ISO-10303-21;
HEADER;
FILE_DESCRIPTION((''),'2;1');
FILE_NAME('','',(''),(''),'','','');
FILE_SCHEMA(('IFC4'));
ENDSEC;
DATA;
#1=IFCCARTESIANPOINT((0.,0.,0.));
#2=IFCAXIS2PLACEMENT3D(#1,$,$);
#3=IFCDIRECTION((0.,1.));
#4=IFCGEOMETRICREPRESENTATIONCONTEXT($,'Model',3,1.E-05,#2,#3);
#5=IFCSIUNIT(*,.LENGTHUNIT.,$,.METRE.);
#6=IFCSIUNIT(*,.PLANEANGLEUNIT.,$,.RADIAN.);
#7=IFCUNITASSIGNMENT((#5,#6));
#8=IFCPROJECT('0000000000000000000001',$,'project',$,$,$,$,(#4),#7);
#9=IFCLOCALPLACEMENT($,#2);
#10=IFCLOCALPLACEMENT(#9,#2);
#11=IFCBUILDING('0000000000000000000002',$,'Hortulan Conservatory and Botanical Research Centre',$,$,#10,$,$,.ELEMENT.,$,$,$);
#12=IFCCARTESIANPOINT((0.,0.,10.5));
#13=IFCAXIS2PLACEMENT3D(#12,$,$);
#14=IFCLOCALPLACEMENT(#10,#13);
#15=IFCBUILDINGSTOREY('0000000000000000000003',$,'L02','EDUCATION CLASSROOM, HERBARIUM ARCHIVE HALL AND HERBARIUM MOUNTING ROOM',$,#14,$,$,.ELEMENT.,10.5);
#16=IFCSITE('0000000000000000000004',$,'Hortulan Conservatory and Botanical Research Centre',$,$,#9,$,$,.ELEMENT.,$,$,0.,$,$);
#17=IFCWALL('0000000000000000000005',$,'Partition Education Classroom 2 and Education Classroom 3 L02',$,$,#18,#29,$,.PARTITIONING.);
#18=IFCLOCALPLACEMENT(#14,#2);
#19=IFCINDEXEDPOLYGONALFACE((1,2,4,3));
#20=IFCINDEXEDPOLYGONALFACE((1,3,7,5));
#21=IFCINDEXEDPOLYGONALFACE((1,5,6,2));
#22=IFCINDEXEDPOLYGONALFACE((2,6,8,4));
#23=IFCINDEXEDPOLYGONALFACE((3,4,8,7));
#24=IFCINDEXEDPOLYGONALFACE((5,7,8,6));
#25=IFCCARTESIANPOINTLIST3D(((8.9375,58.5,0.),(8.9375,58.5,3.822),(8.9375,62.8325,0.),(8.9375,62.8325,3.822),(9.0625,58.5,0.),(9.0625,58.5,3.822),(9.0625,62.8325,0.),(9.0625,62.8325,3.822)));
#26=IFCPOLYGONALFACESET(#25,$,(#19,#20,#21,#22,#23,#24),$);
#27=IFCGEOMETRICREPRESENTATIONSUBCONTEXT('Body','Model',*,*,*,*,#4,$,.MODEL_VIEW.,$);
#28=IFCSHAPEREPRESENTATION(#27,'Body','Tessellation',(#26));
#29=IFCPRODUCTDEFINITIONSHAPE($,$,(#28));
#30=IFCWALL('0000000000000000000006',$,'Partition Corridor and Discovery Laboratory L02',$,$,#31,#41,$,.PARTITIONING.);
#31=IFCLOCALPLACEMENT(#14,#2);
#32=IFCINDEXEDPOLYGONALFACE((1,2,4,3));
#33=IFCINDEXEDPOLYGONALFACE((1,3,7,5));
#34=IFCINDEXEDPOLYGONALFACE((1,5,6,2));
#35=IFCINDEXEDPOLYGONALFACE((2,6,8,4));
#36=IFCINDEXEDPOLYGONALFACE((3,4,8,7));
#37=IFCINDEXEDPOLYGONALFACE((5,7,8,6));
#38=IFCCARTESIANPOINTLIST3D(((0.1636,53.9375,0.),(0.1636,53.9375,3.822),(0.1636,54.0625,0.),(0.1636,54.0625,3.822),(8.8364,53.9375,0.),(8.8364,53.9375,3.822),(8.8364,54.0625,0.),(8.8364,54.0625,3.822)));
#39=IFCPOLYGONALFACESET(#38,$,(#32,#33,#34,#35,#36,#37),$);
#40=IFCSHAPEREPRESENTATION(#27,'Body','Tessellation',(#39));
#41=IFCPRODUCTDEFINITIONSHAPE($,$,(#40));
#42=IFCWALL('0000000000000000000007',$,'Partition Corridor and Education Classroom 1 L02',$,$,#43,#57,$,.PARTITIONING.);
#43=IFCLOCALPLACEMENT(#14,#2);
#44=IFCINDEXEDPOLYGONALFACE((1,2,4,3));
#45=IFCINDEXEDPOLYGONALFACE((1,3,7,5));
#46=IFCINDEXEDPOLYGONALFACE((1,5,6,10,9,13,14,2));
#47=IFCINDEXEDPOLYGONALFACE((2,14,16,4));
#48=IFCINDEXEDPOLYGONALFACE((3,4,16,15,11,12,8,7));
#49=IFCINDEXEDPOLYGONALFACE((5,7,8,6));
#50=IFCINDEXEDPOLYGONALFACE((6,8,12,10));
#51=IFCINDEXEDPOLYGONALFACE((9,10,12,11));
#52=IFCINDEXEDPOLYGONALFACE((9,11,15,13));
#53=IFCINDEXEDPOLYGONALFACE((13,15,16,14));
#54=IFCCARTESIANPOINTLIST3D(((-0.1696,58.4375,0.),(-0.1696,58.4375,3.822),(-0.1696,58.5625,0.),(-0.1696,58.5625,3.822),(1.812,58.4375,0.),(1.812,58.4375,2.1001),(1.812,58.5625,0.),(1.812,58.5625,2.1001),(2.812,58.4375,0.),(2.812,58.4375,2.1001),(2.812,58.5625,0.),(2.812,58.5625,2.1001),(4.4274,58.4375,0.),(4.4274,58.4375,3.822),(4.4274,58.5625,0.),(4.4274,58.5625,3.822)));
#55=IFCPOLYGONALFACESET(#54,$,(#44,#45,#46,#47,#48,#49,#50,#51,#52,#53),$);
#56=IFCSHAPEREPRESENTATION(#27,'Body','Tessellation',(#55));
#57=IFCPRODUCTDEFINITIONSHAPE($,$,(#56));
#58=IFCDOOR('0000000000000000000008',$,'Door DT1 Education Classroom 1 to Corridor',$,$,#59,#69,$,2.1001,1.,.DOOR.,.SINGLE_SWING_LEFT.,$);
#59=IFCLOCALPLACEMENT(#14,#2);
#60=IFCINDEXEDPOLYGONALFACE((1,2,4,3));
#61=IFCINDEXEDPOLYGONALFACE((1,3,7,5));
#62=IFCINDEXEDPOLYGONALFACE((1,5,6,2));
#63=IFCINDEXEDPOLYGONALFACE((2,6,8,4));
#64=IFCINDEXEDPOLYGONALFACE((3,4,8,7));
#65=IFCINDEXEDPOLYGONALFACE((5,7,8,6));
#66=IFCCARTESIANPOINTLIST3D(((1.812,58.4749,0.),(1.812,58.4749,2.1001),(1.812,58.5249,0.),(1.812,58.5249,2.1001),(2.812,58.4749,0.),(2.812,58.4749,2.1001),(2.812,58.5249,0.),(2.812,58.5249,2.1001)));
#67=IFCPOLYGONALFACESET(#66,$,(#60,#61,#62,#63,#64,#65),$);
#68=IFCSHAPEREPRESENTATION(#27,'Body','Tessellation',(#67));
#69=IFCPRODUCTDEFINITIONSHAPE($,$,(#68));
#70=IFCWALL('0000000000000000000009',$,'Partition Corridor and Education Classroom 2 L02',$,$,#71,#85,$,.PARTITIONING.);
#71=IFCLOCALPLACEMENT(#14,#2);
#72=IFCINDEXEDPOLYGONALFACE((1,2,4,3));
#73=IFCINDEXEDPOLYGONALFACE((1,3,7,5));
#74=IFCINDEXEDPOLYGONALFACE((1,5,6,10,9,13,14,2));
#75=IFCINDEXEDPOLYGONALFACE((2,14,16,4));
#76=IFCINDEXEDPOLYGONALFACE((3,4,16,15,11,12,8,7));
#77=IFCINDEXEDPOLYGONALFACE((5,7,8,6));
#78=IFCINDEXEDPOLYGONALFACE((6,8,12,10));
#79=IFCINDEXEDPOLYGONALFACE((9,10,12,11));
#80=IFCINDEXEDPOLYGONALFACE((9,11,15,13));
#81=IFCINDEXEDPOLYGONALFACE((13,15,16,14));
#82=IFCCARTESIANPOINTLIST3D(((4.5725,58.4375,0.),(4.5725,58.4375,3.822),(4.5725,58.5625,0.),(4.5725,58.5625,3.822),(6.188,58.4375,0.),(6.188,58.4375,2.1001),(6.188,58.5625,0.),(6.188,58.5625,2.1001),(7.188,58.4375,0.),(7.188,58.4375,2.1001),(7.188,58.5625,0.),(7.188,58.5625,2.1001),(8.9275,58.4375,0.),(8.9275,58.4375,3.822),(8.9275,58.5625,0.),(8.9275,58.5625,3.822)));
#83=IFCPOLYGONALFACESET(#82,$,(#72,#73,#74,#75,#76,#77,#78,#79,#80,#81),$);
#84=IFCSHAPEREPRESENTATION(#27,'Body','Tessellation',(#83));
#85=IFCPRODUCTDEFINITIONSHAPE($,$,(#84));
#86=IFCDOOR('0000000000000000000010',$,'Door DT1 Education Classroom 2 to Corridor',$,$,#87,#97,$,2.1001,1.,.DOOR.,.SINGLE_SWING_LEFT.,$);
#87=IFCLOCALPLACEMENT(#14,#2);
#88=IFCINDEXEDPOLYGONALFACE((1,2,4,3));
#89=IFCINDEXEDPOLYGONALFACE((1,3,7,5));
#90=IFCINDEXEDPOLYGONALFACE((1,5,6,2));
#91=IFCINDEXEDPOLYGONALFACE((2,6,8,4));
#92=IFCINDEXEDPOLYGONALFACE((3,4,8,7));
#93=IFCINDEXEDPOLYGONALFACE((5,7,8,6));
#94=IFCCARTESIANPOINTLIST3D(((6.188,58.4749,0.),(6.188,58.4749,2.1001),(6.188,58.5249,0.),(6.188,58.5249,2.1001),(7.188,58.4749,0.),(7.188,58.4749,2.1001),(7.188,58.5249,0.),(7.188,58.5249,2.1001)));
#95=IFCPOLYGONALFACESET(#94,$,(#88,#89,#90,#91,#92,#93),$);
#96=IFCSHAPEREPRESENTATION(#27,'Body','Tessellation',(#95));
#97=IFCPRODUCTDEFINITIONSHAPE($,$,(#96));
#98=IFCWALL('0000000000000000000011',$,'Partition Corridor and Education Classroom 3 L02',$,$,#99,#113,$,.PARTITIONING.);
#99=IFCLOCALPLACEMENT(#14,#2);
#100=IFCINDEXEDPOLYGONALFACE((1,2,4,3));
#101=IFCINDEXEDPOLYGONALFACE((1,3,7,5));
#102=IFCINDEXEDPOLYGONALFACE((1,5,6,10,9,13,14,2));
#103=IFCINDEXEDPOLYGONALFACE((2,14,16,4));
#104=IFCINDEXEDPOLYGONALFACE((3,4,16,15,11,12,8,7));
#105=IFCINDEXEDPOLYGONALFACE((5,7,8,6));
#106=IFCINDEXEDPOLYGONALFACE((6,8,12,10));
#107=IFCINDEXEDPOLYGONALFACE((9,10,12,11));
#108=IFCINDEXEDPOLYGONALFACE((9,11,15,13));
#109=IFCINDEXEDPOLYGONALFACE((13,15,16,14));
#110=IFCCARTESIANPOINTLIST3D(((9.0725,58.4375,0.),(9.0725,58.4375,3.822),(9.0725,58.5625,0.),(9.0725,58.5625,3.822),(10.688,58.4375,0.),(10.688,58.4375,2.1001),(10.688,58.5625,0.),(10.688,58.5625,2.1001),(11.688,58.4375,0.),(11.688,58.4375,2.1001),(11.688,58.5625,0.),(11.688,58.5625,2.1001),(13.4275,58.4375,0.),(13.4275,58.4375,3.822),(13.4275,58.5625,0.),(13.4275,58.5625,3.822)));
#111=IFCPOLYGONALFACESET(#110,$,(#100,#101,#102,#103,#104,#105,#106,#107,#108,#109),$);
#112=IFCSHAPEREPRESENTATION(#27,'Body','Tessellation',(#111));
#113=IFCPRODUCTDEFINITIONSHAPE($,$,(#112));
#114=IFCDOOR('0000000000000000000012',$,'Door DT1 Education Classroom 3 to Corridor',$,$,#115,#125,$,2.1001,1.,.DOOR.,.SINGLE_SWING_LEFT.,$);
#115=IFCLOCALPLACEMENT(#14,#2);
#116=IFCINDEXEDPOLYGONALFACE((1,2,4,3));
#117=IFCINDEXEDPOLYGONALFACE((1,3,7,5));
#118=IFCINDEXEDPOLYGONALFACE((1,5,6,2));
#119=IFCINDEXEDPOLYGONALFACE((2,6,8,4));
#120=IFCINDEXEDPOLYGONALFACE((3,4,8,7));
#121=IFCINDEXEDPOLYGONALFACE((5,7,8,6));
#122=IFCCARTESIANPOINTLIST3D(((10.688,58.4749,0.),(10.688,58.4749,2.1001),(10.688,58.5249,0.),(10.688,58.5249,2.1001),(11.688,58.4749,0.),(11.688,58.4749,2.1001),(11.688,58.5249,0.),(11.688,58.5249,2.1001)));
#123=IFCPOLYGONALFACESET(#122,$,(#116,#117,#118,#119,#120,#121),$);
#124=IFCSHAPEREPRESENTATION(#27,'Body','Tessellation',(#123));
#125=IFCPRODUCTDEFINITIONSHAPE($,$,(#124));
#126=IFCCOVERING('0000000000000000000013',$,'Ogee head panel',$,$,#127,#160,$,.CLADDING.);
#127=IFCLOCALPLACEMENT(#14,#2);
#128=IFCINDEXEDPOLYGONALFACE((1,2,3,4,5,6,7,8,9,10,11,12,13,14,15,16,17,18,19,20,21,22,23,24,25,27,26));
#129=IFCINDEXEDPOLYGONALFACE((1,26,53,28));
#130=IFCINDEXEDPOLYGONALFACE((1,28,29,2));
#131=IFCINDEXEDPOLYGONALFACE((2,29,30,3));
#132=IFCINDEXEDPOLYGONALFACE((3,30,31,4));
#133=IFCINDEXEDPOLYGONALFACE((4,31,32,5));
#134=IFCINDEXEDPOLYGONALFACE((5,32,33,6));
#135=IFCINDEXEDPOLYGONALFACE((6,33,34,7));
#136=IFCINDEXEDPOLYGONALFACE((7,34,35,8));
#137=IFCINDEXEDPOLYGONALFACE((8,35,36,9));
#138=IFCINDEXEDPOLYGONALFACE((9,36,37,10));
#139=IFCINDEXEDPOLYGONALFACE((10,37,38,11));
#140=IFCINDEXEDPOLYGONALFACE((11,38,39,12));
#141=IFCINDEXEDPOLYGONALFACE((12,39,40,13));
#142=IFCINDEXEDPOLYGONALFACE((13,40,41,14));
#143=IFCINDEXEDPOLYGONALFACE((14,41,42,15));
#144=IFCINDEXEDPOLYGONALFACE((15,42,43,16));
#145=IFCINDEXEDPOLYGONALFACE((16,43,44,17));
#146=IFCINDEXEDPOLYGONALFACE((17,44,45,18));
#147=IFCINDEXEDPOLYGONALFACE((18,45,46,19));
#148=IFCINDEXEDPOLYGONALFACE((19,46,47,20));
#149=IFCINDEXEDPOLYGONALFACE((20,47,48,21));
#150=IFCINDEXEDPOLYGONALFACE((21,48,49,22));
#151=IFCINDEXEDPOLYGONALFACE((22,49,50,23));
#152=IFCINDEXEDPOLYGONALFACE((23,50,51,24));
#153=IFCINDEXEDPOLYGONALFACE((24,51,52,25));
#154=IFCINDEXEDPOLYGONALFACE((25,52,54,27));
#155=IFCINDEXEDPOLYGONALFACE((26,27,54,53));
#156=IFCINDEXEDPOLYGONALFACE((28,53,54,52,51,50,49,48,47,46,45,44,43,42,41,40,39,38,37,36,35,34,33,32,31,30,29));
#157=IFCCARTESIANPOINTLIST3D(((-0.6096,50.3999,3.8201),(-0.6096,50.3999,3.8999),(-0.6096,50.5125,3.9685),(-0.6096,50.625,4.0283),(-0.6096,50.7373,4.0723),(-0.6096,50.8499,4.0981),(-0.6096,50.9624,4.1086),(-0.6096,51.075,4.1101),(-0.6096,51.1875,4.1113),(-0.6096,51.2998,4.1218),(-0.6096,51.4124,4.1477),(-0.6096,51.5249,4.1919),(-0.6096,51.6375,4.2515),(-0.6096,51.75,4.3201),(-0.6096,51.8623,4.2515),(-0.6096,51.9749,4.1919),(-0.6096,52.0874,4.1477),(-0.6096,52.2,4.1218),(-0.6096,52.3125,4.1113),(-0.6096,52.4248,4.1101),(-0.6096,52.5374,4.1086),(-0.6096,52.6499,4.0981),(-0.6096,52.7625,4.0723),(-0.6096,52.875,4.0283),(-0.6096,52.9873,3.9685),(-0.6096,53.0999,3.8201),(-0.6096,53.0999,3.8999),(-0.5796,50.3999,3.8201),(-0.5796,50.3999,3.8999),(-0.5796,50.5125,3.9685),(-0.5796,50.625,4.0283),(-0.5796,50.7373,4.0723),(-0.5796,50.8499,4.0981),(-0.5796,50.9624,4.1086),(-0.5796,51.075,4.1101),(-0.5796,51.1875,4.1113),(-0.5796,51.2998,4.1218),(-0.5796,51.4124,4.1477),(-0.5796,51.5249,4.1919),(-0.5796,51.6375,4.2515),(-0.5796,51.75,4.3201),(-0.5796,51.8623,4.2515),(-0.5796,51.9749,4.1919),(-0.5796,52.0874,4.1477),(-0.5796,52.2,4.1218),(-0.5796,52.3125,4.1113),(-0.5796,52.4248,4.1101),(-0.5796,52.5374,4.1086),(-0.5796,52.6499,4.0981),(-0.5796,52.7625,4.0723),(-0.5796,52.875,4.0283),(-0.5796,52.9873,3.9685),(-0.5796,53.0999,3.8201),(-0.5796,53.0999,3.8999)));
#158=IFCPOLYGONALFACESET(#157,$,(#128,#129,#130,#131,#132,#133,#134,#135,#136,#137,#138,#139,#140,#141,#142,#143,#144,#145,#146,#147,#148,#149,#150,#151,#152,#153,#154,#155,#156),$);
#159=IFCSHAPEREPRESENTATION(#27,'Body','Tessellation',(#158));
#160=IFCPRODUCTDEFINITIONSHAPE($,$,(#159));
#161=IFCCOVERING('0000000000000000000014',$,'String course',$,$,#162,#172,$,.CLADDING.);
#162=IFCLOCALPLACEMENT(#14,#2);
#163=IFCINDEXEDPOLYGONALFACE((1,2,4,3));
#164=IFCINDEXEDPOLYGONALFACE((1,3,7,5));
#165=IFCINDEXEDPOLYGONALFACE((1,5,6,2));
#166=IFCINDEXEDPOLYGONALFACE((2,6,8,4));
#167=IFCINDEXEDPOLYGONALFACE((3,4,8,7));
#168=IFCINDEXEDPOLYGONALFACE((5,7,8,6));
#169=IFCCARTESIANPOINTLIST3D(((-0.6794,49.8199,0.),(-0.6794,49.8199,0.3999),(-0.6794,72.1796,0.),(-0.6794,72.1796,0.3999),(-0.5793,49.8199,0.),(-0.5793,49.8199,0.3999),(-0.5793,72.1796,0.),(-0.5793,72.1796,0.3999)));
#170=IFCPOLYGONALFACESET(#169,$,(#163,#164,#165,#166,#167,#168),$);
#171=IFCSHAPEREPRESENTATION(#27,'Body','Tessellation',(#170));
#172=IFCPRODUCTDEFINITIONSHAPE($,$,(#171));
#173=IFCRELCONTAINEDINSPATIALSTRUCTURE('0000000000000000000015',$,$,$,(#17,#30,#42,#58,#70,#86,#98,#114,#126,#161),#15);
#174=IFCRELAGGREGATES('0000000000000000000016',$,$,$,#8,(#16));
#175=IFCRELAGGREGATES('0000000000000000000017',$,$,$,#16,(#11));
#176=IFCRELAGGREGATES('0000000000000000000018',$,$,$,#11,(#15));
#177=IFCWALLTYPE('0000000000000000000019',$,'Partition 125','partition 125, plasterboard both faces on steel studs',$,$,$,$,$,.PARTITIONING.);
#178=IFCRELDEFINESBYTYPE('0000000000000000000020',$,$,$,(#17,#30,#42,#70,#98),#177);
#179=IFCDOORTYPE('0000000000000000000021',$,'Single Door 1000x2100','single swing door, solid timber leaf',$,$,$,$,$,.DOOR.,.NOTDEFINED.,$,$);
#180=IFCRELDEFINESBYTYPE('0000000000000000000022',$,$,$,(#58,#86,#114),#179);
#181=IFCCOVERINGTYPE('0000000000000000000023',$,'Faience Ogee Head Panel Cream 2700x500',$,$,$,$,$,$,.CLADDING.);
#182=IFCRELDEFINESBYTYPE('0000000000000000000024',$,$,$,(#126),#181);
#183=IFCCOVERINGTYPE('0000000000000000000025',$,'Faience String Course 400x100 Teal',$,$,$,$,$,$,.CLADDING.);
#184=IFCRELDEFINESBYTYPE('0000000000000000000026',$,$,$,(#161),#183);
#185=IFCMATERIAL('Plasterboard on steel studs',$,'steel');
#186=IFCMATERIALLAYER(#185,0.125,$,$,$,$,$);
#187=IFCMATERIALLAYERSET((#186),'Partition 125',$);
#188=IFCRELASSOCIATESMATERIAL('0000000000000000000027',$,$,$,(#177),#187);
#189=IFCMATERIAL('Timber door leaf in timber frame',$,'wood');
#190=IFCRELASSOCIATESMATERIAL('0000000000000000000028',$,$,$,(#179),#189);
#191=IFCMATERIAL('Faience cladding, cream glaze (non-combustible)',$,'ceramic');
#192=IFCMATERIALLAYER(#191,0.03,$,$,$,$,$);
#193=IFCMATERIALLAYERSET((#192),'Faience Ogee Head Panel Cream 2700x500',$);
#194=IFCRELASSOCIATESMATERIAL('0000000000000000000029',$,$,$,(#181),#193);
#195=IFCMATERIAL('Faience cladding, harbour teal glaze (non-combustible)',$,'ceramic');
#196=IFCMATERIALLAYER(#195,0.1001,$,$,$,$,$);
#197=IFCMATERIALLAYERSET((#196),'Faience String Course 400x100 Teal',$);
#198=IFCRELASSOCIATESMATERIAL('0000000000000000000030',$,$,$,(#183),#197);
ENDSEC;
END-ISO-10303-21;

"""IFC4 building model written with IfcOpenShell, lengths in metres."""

from ifc_helpers import new_model, si_unit, direction, frame, frame_2d, origin, origin_2d, place, context, subcontext, project, spatial, polyline, rectangle, outline, extrude, material, layer, layer_set, type_object, element, fill, save


model = new_model("IFC4")

# Units and contexts
model_context = context("Model", 3, precision=1e-05, world=origin(), true_north=direction((0.0, 1.0)))
body_context = subcontext(model_context, "Body", "Model", "MODEL_VIEW")
ifc_project = project(units=[si_unit("LENGTHUNIT", "METRE"), si_unit("PLANEANGLEUNIT", "RADIAN")], contexts=[model_context])

# Site, building, storey
site_placement = place(None, origin())
site = spatial("IfcSite", under=ifc_project, at=site_placement, Name="Hortulan Conservatory and Botanical Research Centre", CompositionType="ELEMENT", RefElevation=0.0)
building_placement = place(site_placement, origin())
building = spatial("IfcBuilding", under=site, at=building_placement, Name="Hortulan Conservatory and Botanical Research Centre", CompositionType="ELEMENT")
storey_placement = place(building_placement, frame((0.0, 0.0, 10.5)))
storey = spatial("IfcBuildingStorey", under=building, at=storey_placement, Name="L02", Description="EDUCATION CLASSROOM, HERBARIUM ARCHIVE HALL AND HERBARIUM MOUNTING ROOM", CompositionType="ELEMENT", Elevation=10.5)

# Walls
ifc_material_1 = material(Name="Plasterboard on steel studs", Category="steel")
ifc_layer_1 = layer(ifc_material_1, 0.125)
ifc_layer_set_1 = layer_set([ifc_layer_1], Name="Partition 125")
wall_type = type_object("IfcWallType", Name="Partition 125", Description="partition 125, plasterboard both faces on steel studs", PredefinedType="PARTITIONING", material=ifc_layer_set_1)
wall_1_placement = place(storey_placement, frame((9.0, 58.5, 0.0), z_axis=(0.0, 0.0, 1.0), x_axis=(0.0, 1.0, 0.0)))
element("IfcWall", 1, at=wall_1_placement, inside=storey, type_object=wall_type, Name="Partition Education Classroom 2 and Education Classroom 3 L02", PredefinedType="PARTITIONING", context=body_context, shape_type="SweptSolid", body=[
    extrude(rectangle(XDim=4.3325, YDim=0.125, at=frame_2d((2.1663, 0.0))), origin(), (0.0, 0.0, 1.0), 3.822),
])
wall_2_placement = place(storey_placement, frame((0.1636, 54.0, 0.0), z_axis=(0.0, 0.0, 1.0), x_axis=(1.0, 0.0, 0.0)))
element("IfcWall", 2, at=wall_2_placement, inside=storey, type_object=wall_type, Name="Partition Corridor and Discovery Laboratory L02", PredefinedType="PARTITIONING", context=body_context, shape_type="SweptSolid", body=[
    extrude(rectangle(XDim=8.6729, YDim=0.125, at=frame_2d((4.3364, 0.0))), origin(), (0.0, 0.0, 1.0), 3.822),
])

# Walls, openings, doors
wall_3_placement = place(storey_placement, frame((-0.1694, 58.5, 0.0), z_axis=(0.0, 0.0, 1.0), x_axis=(1.0, 0.0, 0.0)))
wall_3 = element("IfcWall", 3, at=wall_3_placement, inside=storey, type_object=wall_type, Name="Partition Corridor and Education Classroom 1 L02", PredefinedType="PARTITIONING", context=body_context, shape_type="SweptSolid", body=[
    extrude(rectangle(XDim=4.5969, YDim=0.125, at=frame_2d((2.2983, 0.0))), origin(), (0.0, 0.0, 1.0), 3.822),
])
opening_1_placement = place(wall_3_placement, frame((1.9814, 0.0, 0.0)))
opening_1 = element("IfcOpeningElement", 4, at=opening_1_placement, cuts=wall_3, PredefinedType="OPENING", context=body_context, shape_type="SweptSolid", body=[
    extrude(rectangle(XDim=1.0, YDim=2.1001, at=frame_2d((0.5, 1.05))), frame((0.0, 0.0725, 0.0), z_axis=(0.0, -1.0, 0.0), x_axis=(1.0, 0.0, 0.0)), (0.0, 0.0, 1.0), 0.145),
])
ifc_material_2 = material(Name="Timber door leaf in timber frame", Category="wood")
door_type = type_object("IfcDoorType", Name="Single Door 1000x2100", Description="single swing door, solid timber leaf", OperationType="NOTDEFINED", PredefinedType="DOOR", material=ifc_material_2)
door_1_placement = place(opening_1_placement, origin())
door_1 = element("IfcDoor", 5, at=door_1_placement, inside=storey, type_object=door_type, Name="Door DT1 Education Classroom 1 to Corridor", OperationType="SINGLE_SWING_LEFT", OverallHeight=2.1001, OverallWidth=1.0, PredefinedType="DOOR", context=body_context, shape_type="SweptSolid", body=[
    extrude(rectangle(XDim=1.0, YDim=2.1001, at=frame_2d((0.5, 1.05))), frame((0.0, 0.0249, 0.0), z_axis=(0.0, -1.0, 0.0), x_axis=(1.0, 0.0, 0.0)), (0.0, 0.0, 1.0), 0.05),
])
fill(opening_1, door_1)
wall_4_placement = place(storey_placement, frame((4.5725, 58.5, 0.0), z_axis=(0.0, 0.0, 1.0), x_axis=(1.0, 0.0, 0.0)))
wall_4 = element("IfcWall", 6, at=wall_4_placement, inside=storey, type_object=wall_type, Name="Partition Corridor and Education Classroom 2 L02", PredefinedType="PARTITIONING", context=body_context, shape_type="SweptSolid", body=[
    extrude(rectangle(XDim=4.355, YDim=0.125, at=frame_2d((2.1775, 0.0))), origin(), (0.0, 0.0, 1.0), 3.822),
])
opening_2_placement = place(wall_4_placement, frame((1.6155, 0.0, 0.0)))
opening_2 = element("IfcOpeningElement", 7, at=opening_2_placement, cuts=wall_4, PredefinedType="OPENING", context=body_context, shape_type="SweptSolid", body=[
    extrude(rectangle(XDim=1.0, YDim=2.1001, at=frame_2d((0.5, 1.05))), frame((0.0, 0.0725, 0.0), z_axis=(0.0, -1.0, 0.0), x_axis=(1.0, 0.0, 0.0)), (0.0, 0.0, 1.0), 0.145),
])
door_2_placement = place(opening_2_placement, origin())
door_2 = element("IfcDoor", 8, at=door_2_placement, inside=storey, type_object=door_type, Name="Door DT1 Education Classroom 2 to Corridor", OperationType="SINGLE_SWING_LEFT", OverallHeight=2.1001, OverallWidth=1.0, PredefinedType="DOOR", context=body_context, shape_type="SweptSolid", body=[
    extrude(rectangle(XDim=1.0, YDim=2.1001, at=frame_2d((0.5, 1.05))), frame((0.0, 0.0249, 0.0), z_axis=(0.0, -1.0, 0.0), x_axis=(1.0, 0.0, 0.0)), (0.0, 0.0, 1.0), 0.05),
])
fill(opening_2, door_2)
wall_5_placement = place(storey_placement, frame((9.0725, 58.5, 0.0), z_axis=(0.0, 0.0, 1.0), x_axis=(1.0, 0.0, 0.0)))
wall_5 = element("IfcWall", 9, at=wall_5_placement, inside=storey, type_object=wall_type, Name="Partition Corridor and Education Classroom 3 L02", PredefinedType="PARTITIONING", context=body_context, shape_type="SweptSolid", body=[
    extrude(rectangle(XDim=4.355, YDim=0.125, at=frame_2d((2.1775, 0.0))), origin(), (0.0, 0.0, 1.0), 3.822),
])
opening_3_placement = place(wall_5_placement, frame((1.6155, 0.0, 0.0)))
opening_3 = element("IfcOpeningElement", 10, at=opening_3_placement, cuts=wall_5, PredefinedType="OPENING", context=body_context, shape_type="SweptSolid", body=[
    extrude(rectangle(XDim=1.0, YDim=2.1001, at=frame_2d((0.5, 1.05))), frame((0.0, 0.0725, 0.0), z_axis=(0.0, -1.0, 0.0), x_axis=(1.0, 0.0, 0.0)), (0.0, 0.0, 1.0), 0.145),
])
door_3_placement = place(opening_3_placement, origin())
door_3 = element("IfcDoor", 11, at=door_3_placement, inside=storey, type_object=door_type, Name="Door DT1 Education Classroom 3 to Corridor", OperationType="SINGLE_SWING_LEFT", OverallHeight=2.1001, OverallWidth=1.0, PredefinedType="DOOR", context=body_context, shape_type="SweptSolid", body=[
    extrude(rectangle(XDim=1.0, YDim=2.1001, at=frame_2d((0.5, 1.05))), frame((0.0, 0.0249, 0.0), z_axis=(0.0, -1.0, 0.0), x_axis=(1.0, 0.0, 0.0)), (0.0, 0.0, 1.0), 0.05),
])
fill(opening_3, door_3)

# Coverings
ifc_material_3 = material(Name="Faience cladding, cream glaze (non-combustible)", Category="ceramic")
ifc_layer_2 = layer(ifc_material_3, 0.03)
ifc_layer_set_2 = layer_set([ifc_layer_2], Name="Faience Ogee Head Panel Cream 2700x500")
covering_type_1 = type_object("IfcCoveringType", Name="Faience Ogee Head Panel Cream 2700x500", PredefinedType="CLADDING", material=ifc_layer_set_2)
covering_1_placement = place(storey_placement, frame((-0.5945, 50.3999, 3.8201), z_axis=(0.0, 0.0, 1.0), x_axis=(0.0, 1.0, 0.0)))
element("IfcCovering", 12, at=covering_1_placement, inside=storey, type_object=covering_type_1, Name="Ogee head panel", PredefinedType="CLADDING", context=body_context, shape_type="SweptSolid", body=[
    extrude(outline(polyline([(0.0, 0.0), (2.7, 0.0), (2.7, 0.0798), (2.5874, 0.1484), (2.4751, 0.2083), (2.3625, 0.2522), (2.25, 0.2781), (2.1375, 0.2886), (2.0249, 0.29), (1.9126, 0.2913), (1.8, 0.3018), (1.6875, 0.3276), (1.575, 0.3718), (1.4624, 0.4314), (1.3501, 0.5), (1.2375, 0.4314), (1.125, 0.3718), (1.0125, 0.3276), (0.8999, 0.3018), (0.7876, 0.2913), (0.675, 0.29), (0.5625, 0.2886), (0.45, 0.2781), (0.3374, 0.2522), (0.2251, 0.2083), (0.1125, 0.1484), (0.0, 0.0798), (0.0, 0.0)])), frame((0.0, 0.0151, 0.0), z_axis=(0.0, -1.0, 0.0), x_axis=(1.0, 0.0, 0.0)), (0.0, 0.0, 1.0), 0.03),
])
ifc_material_4 = material(Name="Faience cladding, harbour teal glaze (non-combustible)", Category="ceramic")
ifc_layer_3 = layer(ifc_material_4, 0.1001)
ifc_layer_set_3 = layer_set([ifc_layer_3], Name="Faience String Course 400x100 Teal")
covering_type_2 = type_object("IfcCoveringType", Name="Faience String Course 400x100 Teal", PredefinedType="CLADDING", material=ifc_layer_set_3)
covering_2_placement = place(storey_placement, frame((-0.6294, 60.9998, 0.0), z_axis=(0.0, 0.0, 1.0), x_axis=(0.0, 1.0, 0.0)))
element("IfcCovering", 13, at=covering_2_placement, inside=storey, type_object=covering_type_2, Name="String course", PredefinedType="CLADDING", context=body_context, shape_type="SweptSolid", body=[
    extrude(rectangle(XDim=22.3596, YDim=0.1001, at=origin_2d()), origin(), (0.0, 0.0, 1.0), 0.3999),
])

save(model, "model.ifc")
